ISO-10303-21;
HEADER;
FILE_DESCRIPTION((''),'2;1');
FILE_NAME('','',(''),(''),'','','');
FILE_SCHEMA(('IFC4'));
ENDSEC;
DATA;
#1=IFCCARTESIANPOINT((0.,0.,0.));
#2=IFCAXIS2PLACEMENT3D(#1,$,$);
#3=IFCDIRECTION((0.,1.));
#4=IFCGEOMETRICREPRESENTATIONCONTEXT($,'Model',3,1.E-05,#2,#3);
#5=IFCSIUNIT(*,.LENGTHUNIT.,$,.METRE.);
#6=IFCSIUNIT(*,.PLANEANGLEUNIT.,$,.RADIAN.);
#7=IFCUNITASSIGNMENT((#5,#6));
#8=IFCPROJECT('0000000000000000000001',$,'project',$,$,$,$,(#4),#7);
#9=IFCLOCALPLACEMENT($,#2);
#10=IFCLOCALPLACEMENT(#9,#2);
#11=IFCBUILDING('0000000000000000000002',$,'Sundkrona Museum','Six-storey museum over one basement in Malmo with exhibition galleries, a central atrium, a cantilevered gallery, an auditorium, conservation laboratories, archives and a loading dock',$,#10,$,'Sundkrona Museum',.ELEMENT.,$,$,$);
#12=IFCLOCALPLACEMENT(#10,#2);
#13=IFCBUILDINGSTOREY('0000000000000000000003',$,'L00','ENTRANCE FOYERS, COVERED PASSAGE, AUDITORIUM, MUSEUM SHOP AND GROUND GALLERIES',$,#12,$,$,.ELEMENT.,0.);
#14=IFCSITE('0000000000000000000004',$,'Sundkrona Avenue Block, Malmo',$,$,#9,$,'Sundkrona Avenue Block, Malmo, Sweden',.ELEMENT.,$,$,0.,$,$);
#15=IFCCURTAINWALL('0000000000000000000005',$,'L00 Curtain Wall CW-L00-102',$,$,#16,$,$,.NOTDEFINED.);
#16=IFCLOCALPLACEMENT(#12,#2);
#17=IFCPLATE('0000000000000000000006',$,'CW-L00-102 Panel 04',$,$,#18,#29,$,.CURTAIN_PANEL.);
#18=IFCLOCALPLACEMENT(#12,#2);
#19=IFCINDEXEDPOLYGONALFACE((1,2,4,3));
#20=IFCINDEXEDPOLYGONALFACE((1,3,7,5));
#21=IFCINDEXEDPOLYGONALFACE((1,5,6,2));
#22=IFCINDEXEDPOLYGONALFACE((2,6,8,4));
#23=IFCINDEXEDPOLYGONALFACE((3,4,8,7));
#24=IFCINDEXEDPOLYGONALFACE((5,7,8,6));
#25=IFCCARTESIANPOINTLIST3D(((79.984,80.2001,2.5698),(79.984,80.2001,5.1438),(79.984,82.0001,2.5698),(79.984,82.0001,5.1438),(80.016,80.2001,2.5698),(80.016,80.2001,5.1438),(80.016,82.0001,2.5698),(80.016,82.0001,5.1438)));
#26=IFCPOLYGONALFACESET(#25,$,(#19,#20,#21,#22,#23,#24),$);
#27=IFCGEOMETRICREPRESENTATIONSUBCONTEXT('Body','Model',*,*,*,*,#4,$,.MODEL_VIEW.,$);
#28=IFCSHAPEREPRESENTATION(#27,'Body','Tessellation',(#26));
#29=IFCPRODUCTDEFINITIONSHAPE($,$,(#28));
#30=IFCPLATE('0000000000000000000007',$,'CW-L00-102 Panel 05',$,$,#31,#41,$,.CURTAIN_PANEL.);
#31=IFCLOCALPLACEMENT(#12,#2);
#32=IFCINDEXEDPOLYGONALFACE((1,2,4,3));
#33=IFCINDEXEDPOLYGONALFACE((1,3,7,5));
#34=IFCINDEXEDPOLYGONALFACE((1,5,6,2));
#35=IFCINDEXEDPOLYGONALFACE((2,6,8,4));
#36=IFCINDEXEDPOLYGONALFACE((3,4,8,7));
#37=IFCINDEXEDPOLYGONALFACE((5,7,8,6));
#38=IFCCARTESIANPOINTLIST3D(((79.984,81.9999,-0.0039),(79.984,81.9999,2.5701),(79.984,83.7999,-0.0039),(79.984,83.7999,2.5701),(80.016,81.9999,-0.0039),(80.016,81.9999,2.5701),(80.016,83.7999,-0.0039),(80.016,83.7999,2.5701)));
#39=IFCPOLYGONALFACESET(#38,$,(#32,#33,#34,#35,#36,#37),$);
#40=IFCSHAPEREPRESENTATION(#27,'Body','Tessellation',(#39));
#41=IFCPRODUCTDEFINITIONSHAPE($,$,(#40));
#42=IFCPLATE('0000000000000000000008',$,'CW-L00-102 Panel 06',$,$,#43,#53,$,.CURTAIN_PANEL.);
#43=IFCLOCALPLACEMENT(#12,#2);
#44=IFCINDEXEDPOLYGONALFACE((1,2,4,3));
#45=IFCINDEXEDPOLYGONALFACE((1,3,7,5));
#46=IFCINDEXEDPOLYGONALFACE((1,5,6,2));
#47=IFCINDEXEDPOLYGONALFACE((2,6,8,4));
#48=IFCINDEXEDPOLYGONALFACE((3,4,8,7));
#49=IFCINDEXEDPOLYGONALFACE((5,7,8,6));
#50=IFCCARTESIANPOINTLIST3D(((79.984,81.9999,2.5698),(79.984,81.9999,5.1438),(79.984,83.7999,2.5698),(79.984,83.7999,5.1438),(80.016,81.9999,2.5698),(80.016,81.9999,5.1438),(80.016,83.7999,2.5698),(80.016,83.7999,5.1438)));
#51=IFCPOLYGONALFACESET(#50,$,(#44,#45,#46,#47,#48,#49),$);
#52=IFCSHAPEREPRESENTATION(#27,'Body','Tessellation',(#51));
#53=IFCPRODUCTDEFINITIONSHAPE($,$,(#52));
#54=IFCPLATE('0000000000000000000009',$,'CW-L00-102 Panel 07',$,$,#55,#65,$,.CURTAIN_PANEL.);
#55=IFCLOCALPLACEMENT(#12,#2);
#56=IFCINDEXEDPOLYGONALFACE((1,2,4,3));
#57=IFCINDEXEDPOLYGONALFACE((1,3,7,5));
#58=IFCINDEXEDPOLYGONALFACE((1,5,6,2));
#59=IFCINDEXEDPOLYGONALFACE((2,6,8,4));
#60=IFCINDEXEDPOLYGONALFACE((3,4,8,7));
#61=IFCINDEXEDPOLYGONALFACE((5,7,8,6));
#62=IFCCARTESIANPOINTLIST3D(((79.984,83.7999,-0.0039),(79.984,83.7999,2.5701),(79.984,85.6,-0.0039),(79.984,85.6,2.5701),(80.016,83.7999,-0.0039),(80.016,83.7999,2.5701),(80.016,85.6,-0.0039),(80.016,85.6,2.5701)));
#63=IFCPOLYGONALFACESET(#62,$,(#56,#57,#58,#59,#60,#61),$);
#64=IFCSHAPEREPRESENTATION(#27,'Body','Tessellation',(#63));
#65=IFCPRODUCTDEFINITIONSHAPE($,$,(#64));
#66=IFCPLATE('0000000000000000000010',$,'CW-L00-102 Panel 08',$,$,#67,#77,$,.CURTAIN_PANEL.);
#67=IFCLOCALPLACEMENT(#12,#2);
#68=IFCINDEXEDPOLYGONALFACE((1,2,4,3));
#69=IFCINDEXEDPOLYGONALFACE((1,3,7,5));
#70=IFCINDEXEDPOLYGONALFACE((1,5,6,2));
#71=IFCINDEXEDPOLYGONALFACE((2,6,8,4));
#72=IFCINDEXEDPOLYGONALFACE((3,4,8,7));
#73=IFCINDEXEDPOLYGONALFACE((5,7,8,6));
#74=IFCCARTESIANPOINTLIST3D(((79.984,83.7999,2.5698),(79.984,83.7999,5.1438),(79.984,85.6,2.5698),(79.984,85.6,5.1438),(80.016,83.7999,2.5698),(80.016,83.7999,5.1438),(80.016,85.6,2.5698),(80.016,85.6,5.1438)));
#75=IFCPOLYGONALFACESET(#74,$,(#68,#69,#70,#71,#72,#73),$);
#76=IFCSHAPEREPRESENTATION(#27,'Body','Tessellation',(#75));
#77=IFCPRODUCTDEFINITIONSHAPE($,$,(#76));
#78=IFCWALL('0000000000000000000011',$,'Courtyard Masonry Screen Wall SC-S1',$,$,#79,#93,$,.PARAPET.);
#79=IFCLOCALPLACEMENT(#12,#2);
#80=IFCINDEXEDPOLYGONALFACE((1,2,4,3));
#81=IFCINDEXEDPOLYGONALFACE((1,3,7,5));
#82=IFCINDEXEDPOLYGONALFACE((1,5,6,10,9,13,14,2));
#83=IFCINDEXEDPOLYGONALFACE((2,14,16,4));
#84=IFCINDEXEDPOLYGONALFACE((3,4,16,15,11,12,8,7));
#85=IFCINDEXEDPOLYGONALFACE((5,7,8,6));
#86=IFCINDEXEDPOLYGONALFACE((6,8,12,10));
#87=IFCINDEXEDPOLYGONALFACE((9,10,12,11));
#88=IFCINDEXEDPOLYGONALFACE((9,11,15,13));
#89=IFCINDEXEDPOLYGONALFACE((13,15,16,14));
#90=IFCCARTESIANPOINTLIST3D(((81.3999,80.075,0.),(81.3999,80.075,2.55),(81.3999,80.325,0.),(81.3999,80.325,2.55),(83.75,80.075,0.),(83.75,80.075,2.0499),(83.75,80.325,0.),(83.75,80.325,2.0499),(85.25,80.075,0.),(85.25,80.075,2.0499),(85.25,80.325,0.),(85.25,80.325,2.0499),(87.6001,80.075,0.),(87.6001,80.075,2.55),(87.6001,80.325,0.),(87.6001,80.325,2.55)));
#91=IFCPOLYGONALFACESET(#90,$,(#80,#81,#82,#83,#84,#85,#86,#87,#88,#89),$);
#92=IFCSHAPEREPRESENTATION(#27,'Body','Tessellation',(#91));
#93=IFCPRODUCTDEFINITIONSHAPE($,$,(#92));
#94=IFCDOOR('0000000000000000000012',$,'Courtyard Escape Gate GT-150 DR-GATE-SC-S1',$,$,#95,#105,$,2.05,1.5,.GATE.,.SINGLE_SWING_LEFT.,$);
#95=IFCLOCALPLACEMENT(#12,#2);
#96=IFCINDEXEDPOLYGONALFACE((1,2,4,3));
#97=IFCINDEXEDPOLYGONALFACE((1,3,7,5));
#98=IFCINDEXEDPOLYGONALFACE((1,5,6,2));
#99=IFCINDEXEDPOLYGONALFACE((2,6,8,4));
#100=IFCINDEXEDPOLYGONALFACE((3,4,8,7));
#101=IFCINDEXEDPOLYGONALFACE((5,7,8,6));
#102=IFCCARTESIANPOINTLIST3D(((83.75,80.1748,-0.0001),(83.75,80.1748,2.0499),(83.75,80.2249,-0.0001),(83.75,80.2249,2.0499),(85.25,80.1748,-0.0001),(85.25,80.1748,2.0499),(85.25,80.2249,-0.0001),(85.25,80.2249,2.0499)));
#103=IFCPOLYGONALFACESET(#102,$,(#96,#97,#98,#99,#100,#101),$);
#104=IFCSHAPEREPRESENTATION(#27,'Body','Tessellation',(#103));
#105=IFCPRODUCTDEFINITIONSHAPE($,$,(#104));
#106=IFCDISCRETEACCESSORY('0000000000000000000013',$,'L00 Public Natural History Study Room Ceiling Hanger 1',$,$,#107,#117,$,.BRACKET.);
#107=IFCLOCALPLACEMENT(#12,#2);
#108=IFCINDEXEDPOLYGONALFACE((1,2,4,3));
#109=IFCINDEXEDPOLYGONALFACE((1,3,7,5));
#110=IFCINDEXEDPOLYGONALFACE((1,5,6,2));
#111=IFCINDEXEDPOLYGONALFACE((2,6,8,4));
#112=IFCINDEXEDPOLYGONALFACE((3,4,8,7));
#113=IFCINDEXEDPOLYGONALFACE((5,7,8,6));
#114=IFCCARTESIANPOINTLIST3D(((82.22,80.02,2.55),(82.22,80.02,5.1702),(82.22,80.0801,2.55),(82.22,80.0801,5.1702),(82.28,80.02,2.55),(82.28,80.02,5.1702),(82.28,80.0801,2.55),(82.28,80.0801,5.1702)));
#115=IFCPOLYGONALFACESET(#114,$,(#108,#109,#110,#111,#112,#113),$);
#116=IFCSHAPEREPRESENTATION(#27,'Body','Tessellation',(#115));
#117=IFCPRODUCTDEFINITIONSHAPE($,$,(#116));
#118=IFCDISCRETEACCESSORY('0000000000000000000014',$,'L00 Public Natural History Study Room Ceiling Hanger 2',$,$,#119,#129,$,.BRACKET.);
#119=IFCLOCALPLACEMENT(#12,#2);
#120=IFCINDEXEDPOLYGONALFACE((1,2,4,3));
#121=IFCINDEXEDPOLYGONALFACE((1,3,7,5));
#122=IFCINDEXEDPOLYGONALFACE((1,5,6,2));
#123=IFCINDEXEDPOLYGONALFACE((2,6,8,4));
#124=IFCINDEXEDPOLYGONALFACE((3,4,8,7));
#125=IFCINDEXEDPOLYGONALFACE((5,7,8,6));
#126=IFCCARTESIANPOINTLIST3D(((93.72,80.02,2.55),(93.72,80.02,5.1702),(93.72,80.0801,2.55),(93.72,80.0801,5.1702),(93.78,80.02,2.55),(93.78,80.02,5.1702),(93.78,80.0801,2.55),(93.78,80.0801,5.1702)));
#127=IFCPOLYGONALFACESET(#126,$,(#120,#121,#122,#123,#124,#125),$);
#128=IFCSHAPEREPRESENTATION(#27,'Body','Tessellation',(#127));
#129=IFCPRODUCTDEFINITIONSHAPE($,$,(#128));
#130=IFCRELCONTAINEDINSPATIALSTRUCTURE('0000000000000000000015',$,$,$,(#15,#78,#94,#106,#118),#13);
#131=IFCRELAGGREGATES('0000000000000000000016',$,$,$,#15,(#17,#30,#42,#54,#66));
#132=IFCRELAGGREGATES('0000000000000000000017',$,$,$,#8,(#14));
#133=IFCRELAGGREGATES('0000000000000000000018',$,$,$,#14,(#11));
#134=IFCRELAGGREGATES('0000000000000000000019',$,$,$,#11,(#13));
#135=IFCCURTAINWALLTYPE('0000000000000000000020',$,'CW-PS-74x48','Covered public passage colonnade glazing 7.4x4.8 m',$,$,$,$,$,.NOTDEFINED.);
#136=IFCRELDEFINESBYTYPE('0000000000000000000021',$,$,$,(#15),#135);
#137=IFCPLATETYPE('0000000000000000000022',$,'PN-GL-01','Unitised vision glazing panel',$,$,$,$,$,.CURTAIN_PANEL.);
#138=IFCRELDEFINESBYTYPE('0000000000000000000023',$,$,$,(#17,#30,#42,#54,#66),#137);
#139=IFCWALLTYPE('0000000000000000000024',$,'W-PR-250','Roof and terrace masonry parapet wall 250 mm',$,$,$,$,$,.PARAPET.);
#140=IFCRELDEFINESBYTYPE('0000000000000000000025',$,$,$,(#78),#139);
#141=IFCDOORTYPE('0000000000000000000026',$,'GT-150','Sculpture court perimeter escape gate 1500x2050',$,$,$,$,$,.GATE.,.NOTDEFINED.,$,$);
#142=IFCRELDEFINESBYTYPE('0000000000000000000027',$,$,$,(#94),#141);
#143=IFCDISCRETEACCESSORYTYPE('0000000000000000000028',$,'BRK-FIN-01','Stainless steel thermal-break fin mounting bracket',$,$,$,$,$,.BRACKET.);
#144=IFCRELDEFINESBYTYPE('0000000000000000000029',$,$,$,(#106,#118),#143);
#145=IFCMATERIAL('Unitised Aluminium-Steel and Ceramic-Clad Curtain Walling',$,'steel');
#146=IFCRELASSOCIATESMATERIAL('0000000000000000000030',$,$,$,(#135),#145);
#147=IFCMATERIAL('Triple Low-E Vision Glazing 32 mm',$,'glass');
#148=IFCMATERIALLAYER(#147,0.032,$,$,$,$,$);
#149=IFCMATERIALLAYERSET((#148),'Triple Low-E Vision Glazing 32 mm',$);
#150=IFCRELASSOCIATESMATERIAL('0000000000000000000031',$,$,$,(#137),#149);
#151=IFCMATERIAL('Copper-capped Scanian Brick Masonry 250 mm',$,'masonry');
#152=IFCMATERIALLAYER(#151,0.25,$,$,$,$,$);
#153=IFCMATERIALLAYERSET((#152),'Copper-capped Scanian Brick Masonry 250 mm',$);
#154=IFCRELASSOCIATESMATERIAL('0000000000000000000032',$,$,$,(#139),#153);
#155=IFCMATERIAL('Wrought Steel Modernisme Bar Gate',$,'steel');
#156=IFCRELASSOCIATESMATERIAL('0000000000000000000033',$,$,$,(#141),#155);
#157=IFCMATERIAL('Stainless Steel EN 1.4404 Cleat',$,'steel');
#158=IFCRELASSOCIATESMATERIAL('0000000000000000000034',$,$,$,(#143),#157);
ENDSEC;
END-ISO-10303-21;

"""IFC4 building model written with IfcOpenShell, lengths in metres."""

from ifc_helpers import new_model, si_unit, direction, frame, frame_2d, origin, origin_2d, place, context, subcontext, project, spatial, rectangle, extrude, material, layer, layer_set, type_object, element, fill, aggregate, save


model = new_model("IFC4")

# Units and contexts
model_context = context("Model", 3, precision=1e-05, world=origin(), true_north=direction((0.0, 1.0)))
body_context = subcontext(model_context, "Body", "Model", "MODEL_VIEW")
ifc_project = project(units=[si_unit("LENGTHUNIT", "METRE"), si_unit("PLANEANGLEUNIT", "RADIAN")], contexts=[model_context])

# Site, building, storey
site_placement = place(None, origin())
site = spatial("IfcSite", under=ifc_project, at=site_placement, Name="Sundkrona Avenue Block, Malmo", LongName="Sundkrona Avenue Block, Malmo, Sweden", CompositionType="ELEMENT", RefElevation=0.0)
building_placement = place(site_placement, origin())
building = spatial("IfcBuilding", under=site, at=building_placement, Name="Sundkrona Museum", Description="Six-storey museum over one basement in Malmo with exhibition galleries, a central atrium, a cantilevered gallery, an auditorium, conservation laboratories, archives and a loading dock", LongName="Sundkrona Museum", CompositionType="ELEMENT")
storey_placement = place(building_placement, origin())
storey = spatial("IfcBuildingStorey", under=building, at=storey_placement, Name="L00", Description="ENTRANCE FOYERS, COVERED PASSAGE, AUDITORIUM, MUSEUM SHOP AND GROUND GALLERIES", CompositionType="ELEMENT", Elevation=0.0)

# Curtain wall
ifc_material_1 = material(Name="Unitised Aluminium-Steel and Ceramic-Clad Curtain Walling", Category="steel")
curtain_wall_type = type_object("IfcCurtainWallType", Name="CW-PS-74x48", Description="Covered public passage colonnade glazing 7.4x4.8 m", PredefinedType="NOTDEFINED", material=ifc_material_1)
curtain_wall_placement = place(storey_placement, origin())
curtain_wall = element("IfcCurtainWall", 1, at=curtain_wall_placement, inside=storey, type_object=curtain_wall_type, Name="L00 Curtain Wall CW-L00-102", PredefinedType="NOTDEFINED")

# Plates
ifc_material_2 = material(Name="Triple Low-E Vision Glazing 32 mm", Category="glass")
ifc_layer_1 = layer(ifc_material_2, 0.032)
ifc_layer_set_1 = layer_set([ifc_layer_1], Name="Triple Low-E Vision Glazing 32 mm")
plate_type = type_object("IfcPlateType", Name="PN-GL-01", Description="Unitised vision glazing panel", PredefinedType="CURTAIN_PANEL", material=ifc_layer_set_1)
plate_1_placement = place(storey_placement, frame((80.0, 81.1001, 2.5698), z_axis=(0.0, 0.0, 1.0), x_axis=(0.0, 1.0, 0.0)))
plate_1 = element("IfcPlate", 2, at=plate_1_placement, type_object=plate_type, Name="CW-L00-102 Panel 04", PredefinedType="CURTAIN_PANEL", context=body_context, shape_type="SweptSolid", body=[
    extrude(rectangle(XDim=1.8, YDim=0.032, at=origin_2d()), origin(), (0.0, 0.0, 1.0), 2.574),
])
plate_2_placement = place(storey_placement, frame((80.0, 82.8999, -0.0039), z_axis=(0.0, 0.0, 1.0), x_axis=(0.0, 1.0, 0.0)))
plate_2 = element("IfcPlate", 3, at=plate_2_placement, type_object=plate_type, Name="CW-L00-102 Panel 05", PredefinedType="CURTAIN_PANEL", context=body_context, shape_type="SweptSolid", body=[
    extrude(rectangle(XDim=1.8, YDim=0.032, at=origin_2d()), origin(), (0.0, 0.0, 1.0), 2.574),
])
plate_3_placement = place(storey_placement, frame((80.0, 82.8999, 2.5698), z_axis=(0.0, 0.0, 1.0), x_axis=(0.0, 1.0, 0.0)))
plate_3 = element("IfcPlate", 4, at=plate_3_placement, type_object=plate_type, Name="CW-L00-102 Panel 06", PredefinedType="CURTAIN_PANEL", context=body_context, shape_type="SweptSolid", body=[
    extrude(rectangle(XDim=1.8, YDim=0.032, at=origin_2d()), origin(), (0.0, 0.0, 1.0), 2.574),
])
plate_4_placement = place(storey_placement, frame((80.0, 84.7, -0.0039), z_axis=(0.0, 0.0, 1.0), x_axis=(0.0, 1.0, 0.0)))
plate_4 = element("IfcPlate", 5, at=plate_4_placement, type_object=plate_type, Name="CW-L00-102 Panel 07", PredefinedType="CURTAIN_PANEL", context=body_context, shape_type="SweptSolid", body=[
    extrude(rectangle(XDim=1.8, YDim=0.032, at=origin_2d()), origin(), (0.0, 0.0, 1.0), 2.574),
])
plate_5_placement = place(storey_placement, frame((80.0, 84.7, 2.5698), z_axis=(0.0, 0.0, 1.0), x_axis=(0.0, 1.0, 0.0)))
plate_5 = element("IfcPlate", 6, at=plate_5_placement, type_object=plate_type, Name="CW-L00-102 Panel 08", PredefinedType="CURTAIN_PANEL", context=body_context, shape_type="SweptSolid", body=[
    extrude(rectangle(XDim=1.8, YDim=0.032, at=origin_2d()), origin(), (0.0, 0.0, 1.0), 2.574),
])
aggregate(curtain_wall, [plate_1, plate_2, plate_3, plate_4, plate_5])

# Wall, opening, door
ifc_material_3 = material(Name="Copper-capped Scanian Brick Masonry 250 mm", Category="masonry")
ifc_layer_2 = layer(ifc_material_3, 0.25)
ifc_layer_set_2 = layer_set([ifc_layer_2], Name="Copper-capped Scanian Brick Masonry 250 mm")
wall_type = type_object("IfcWallType", Name="W-PR-250", Description="Roof and terrace masonry parapet wall 250 mm", PredefinedType="PARAPET", material=ifc_layer_set_2)
wall_placement = place(storey_placement, frame((81.3999, 80.2, 0.0), z_axis=(0.0, 0.0, 1.0), x_axis=(1.0, 0.0, 0.0)))
wall = element("IfcWall", 7, at=wall_placement, inside=storey, type_object=wall_type, Name="Courtyard Masonry Screen Wall SC-S1", PredefinedType="PARAPET", context=body_context, shape_type="SweptSolid", body=[
    extrude(rectangle(XDim=6.2002, YDim=0.25, at=frame_2d((3.1001, 0.0))), origin(), (0.0, 0.0, 1.0), 2.55),
])
opening_placement = place(wall_placement, frame((2.3501, 0.0, 0.0)))
opening = element("IfcOpeningElement", 8, at=opening_placement, cuts=wall, PredefinedType="OPENING", context=body_context, shape_type="SweptSolid", body=[
    extrude(rectangle(XDim=1.5, YDim=2.05, at=frame_2d((0.75, 1.0249))), frame((0.0, 0.135, 0.0), z_axis=(0.0, -1.0, 0.0), x_axis=(1.0, 0.0, 0.0)), (0.0, 0.0, 1.0), 0.27),
])
ifc_material_4 = material(Name="Wrought Steel Modernisme Bar Gate", Category="steel")
door_type = type_object("IfcDoorType", Name="GT-150", Description="Sculpture court perimeter escape gate 1500x2050", OperationType="NOTDEFINED", PredefinedType="GATE", material=ifc_material_4)
door_placement = place(opening_placement, origin())
door = element("IfcDoor", 9, at=door_placement, inside=storey, type_object=door_type, Name="Courtyard Escape Gate GT-150 DR-GATE-SC-S1", OperationType="SINGLE_SWING_LEFT", OverallHeight=2.05, OverallWidth=1.5, PredefinedType="GATE", context=body_context, shape_type="SweptSolid", body=[
    extrude(rectangle(XDim=1.5, YDim=2.05, at=frame_2d((0.75, 1.0249))), frame((0.0, 0.0249, 0.0), z_axis=(0.0, -1.0, 0.0), x_axis=(1.0, 0.0, 0.0)), (0.0, 0.0, 1.0), 0.05),
])
fill(opening, door)

# Discrete accessories
ifc_material_5 = material(Name="Stainless Steel EN 1.4404 Cleat", Category="steel")
discrete_accessory_type = type_object("IfcDiscreteAccessoryType", Name="BRK-FIN-01", Description="Stainless steel thermal-break fin mounting bracket", PredefinedType="BRACKET", material=ifc_material_5)
for number, where, z_axis, x_axis, name in (
    (10, (82.25, 80.05, 2.55), (0.0, 0.0, 1.0), (1.0, 0.0, 0.0), "L00 Public Natural History Study Room Ceiling Hanger 1"),
    (11, (93.75, 80.05, 2.55), (0.0, 0.0, 1.0), (1.0, 0.0, 0.0), "L00 Public Natural History Study Room Ceiling Hanger 2"),
):
    element("IfcDiscreteAccessory", number, at=place(storey_placement, frame(where, z_axis=z_axis, x_axis=x_axis)), inside=storey, type_object=discrete_accessory_type, Name=name, PredefinedType="BRACKET", context=body_context, shape_type="SweptSolid", body=[
        extrude(rectangle(XDim=0.0601, YDim=0.0601, at=origin_2d()), origin(), (0.0, 0.0, 1.0), 2.6201),
    ])

save(model, "model.ifc")
